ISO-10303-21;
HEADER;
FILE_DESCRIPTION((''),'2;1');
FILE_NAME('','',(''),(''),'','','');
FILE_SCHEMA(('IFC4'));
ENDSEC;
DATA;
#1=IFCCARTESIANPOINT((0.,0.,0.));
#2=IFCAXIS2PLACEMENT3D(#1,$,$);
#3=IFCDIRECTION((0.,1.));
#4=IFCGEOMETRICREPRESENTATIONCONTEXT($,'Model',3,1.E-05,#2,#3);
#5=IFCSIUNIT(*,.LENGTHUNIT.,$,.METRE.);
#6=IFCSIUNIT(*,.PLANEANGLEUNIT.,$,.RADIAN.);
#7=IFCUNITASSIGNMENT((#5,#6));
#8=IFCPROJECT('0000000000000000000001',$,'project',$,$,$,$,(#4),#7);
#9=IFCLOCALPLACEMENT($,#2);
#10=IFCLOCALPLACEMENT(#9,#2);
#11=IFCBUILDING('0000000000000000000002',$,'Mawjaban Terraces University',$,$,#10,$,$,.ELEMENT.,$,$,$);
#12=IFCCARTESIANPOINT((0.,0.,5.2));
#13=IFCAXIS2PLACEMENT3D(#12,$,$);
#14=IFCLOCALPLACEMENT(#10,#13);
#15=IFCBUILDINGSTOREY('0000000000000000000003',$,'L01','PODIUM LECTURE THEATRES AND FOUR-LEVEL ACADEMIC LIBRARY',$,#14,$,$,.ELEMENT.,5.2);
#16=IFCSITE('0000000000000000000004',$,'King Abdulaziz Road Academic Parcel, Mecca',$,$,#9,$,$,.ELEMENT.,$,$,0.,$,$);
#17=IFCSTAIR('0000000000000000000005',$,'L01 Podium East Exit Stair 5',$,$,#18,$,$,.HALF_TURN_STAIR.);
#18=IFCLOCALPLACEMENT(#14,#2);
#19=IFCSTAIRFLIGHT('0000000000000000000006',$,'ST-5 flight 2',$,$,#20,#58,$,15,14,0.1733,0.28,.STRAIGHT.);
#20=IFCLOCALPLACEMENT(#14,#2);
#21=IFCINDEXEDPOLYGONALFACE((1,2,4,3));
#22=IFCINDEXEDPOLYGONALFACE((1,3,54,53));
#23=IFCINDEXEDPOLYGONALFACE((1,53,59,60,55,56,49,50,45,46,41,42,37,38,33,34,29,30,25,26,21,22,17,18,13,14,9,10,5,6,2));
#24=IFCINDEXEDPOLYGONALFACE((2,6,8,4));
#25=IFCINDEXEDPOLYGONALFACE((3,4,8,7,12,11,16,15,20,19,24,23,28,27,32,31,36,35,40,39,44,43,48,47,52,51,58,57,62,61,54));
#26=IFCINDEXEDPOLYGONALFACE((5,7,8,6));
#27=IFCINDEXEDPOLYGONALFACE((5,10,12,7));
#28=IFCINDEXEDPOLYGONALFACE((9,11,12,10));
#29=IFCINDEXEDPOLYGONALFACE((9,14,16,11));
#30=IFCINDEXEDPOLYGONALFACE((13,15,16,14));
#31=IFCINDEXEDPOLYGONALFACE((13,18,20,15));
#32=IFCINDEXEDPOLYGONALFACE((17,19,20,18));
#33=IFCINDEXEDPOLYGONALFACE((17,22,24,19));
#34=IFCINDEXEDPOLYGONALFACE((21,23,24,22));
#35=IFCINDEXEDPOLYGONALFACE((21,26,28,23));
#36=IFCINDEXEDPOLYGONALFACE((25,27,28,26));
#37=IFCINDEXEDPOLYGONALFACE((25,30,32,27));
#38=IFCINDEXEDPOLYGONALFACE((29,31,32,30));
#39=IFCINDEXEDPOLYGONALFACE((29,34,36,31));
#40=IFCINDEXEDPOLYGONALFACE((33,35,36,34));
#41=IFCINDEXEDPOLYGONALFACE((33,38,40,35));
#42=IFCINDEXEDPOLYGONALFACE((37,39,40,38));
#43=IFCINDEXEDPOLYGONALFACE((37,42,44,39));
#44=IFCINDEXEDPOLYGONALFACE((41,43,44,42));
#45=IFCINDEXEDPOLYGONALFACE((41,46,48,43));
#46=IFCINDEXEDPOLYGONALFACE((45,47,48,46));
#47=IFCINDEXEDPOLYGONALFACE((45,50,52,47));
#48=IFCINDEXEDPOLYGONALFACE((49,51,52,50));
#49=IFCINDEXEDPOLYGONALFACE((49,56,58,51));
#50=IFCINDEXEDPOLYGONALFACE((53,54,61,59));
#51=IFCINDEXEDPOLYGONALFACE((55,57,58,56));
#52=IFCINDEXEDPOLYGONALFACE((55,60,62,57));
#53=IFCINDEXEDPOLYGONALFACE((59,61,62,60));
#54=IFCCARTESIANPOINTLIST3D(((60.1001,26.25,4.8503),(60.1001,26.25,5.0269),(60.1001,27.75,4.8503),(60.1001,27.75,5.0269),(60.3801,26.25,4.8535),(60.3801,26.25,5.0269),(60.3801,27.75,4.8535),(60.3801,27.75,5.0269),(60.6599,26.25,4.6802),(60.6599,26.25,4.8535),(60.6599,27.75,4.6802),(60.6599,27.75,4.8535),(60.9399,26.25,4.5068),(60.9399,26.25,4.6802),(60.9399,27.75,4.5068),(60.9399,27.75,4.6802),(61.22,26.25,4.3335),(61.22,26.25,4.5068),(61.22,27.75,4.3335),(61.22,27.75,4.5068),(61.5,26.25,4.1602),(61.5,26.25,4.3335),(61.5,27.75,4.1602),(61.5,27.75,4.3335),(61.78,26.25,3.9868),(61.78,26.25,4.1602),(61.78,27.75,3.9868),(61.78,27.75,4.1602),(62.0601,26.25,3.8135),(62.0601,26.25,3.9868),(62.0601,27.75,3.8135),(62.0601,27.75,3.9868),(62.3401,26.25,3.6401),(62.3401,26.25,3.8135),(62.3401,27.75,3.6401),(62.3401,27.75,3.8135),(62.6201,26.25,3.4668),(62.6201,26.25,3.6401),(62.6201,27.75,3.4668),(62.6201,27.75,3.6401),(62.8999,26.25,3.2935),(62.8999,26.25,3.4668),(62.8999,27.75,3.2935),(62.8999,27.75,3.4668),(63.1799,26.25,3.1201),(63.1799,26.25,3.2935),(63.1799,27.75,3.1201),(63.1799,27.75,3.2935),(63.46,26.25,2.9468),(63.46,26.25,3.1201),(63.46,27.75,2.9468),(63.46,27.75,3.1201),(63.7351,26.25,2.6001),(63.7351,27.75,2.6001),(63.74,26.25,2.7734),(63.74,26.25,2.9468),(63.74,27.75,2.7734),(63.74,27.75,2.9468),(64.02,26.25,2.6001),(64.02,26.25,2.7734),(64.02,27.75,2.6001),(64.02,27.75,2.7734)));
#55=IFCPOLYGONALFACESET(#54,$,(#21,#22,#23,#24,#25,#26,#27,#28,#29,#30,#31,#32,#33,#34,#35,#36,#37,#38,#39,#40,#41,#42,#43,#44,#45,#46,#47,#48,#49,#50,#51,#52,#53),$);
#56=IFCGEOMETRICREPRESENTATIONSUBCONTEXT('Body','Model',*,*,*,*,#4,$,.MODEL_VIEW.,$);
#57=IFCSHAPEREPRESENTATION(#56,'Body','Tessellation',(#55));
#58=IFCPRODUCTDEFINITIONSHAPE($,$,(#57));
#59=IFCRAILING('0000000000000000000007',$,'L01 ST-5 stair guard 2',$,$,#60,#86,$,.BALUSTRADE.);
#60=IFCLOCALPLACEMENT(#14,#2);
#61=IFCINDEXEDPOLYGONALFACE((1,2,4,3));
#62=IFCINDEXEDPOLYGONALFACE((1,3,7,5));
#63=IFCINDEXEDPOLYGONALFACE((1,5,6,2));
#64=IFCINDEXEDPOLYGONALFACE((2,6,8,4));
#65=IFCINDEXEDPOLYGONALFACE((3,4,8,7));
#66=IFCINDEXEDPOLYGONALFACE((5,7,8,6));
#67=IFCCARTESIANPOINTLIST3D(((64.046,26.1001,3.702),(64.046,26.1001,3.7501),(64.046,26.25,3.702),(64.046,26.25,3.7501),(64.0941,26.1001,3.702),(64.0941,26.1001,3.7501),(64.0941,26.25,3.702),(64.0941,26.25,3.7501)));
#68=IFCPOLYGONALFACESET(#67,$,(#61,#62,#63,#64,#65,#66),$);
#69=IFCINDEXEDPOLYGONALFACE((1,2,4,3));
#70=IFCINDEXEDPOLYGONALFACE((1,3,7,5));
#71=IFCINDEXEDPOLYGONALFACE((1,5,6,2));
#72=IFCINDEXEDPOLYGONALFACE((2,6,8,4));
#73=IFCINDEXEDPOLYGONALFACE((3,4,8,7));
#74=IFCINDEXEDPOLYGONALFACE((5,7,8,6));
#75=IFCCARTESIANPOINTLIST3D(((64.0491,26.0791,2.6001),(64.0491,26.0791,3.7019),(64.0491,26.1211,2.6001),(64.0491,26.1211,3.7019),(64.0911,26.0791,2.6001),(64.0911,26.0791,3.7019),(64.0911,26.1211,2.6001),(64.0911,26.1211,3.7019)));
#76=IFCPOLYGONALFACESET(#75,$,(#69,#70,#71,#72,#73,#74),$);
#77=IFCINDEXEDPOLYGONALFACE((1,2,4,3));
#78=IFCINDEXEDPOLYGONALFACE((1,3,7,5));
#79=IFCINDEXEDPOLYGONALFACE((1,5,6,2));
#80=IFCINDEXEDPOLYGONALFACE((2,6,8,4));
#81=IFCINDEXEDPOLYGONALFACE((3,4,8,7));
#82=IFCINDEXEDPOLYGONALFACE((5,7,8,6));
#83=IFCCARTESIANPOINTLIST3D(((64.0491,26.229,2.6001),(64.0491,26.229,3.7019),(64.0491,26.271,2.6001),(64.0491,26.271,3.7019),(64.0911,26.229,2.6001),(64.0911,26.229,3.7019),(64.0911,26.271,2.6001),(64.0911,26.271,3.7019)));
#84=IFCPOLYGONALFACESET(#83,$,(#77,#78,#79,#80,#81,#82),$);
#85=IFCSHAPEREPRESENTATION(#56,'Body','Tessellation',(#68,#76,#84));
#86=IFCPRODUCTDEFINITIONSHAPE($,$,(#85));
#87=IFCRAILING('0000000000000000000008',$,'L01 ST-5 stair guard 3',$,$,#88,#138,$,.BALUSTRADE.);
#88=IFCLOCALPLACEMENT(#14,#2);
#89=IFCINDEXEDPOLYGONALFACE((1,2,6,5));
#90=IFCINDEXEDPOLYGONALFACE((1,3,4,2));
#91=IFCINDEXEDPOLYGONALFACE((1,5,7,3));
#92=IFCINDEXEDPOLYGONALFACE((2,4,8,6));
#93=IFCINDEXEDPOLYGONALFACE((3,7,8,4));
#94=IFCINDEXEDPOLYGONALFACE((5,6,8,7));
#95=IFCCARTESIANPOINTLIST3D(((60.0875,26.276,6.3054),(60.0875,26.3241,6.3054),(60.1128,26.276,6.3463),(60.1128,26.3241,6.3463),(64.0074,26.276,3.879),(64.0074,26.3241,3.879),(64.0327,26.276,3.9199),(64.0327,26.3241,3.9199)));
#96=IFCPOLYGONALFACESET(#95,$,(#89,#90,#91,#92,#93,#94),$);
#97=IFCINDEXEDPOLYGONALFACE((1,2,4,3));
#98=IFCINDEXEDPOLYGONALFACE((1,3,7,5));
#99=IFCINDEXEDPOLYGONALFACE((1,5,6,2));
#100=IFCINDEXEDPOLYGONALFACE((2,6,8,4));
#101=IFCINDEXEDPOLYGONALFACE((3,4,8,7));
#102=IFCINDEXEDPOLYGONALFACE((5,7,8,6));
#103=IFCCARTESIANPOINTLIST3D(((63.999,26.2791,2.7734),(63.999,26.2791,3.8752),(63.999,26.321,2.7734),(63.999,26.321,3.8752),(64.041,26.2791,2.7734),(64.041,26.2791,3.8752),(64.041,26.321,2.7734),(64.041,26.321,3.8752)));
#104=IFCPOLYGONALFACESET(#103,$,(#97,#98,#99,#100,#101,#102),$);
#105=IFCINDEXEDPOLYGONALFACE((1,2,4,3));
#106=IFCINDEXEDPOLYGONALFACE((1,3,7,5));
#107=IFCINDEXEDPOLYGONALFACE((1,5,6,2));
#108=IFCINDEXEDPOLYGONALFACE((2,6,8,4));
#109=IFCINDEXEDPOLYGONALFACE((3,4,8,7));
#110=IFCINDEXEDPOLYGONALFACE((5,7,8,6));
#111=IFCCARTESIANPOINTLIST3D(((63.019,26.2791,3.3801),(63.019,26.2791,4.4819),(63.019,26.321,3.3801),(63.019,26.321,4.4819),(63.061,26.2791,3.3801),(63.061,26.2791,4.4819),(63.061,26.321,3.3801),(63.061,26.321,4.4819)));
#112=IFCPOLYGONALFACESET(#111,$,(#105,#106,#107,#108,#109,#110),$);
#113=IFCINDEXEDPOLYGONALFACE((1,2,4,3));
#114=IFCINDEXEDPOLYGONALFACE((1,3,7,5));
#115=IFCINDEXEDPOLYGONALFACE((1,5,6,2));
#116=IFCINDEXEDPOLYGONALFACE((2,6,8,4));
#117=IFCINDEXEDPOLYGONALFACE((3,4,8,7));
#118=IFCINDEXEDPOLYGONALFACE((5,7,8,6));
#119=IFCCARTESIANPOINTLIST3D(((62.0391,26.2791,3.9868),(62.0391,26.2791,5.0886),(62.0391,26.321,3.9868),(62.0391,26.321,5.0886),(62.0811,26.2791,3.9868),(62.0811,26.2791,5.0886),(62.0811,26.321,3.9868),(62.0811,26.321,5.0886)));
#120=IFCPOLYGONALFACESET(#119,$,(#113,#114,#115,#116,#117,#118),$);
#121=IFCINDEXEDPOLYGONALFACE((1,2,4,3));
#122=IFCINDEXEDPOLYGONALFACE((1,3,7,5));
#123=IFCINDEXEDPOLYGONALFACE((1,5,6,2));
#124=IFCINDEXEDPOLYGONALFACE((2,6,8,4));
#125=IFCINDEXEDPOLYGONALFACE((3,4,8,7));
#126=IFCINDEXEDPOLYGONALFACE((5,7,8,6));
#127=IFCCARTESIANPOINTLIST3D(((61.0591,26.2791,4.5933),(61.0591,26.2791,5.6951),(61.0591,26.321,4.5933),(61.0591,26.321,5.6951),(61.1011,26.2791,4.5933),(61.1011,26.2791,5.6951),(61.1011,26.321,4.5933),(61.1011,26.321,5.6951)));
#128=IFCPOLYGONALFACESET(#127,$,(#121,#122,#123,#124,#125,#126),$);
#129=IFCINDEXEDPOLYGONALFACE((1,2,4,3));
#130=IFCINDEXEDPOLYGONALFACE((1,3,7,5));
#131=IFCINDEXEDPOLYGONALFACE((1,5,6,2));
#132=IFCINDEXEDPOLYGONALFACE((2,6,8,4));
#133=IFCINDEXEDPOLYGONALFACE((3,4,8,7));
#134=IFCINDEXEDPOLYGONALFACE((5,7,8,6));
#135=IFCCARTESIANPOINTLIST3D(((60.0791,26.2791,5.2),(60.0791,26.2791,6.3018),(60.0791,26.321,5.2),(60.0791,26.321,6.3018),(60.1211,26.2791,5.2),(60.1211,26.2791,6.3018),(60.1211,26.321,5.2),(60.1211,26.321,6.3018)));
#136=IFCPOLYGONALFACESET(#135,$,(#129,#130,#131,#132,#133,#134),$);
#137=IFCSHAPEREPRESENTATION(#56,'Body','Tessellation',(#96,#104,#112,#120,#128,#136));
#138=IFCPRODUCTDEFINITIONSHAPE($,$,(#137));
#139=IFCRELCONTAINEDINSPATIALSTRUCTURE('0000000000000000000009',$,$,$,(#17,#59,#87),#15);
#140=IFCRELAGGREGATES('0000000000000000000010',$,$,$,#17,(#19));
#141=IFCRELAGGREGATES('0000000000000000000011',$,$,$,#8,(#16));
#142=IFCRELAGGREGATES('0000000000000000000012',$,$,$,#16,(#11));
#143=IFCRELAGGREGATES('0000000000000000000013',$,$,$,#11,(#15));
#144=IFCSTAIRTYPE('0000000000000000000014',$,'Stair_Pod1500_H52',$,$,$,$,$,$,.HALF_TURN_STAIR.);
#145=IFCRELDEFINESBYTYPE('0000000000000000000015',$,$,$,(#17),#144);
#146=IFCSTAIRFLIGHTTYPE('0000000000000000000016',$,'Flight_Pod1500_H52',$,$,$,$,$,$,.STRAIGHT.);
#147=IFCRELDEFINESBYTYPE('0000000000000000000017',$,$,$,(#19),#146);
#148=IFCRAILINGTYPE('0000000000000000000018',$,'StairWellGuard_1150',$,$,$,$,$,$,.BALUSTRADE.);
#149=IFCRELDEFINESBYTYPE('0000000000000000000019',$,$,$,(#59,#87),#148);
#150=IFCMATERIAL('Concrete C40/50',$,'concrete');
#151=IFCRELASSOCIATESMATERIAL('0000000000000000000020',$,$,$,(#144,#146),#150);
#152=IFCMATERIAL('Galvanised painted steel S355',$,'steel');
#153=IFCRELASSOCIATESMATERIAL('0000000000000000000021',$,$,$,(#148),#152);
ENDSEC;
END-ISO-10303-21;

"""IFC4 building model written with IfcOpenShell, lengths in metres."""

from ifc_helpers import new_model, si_unit, direction, frame, origin, origin_2d, place, context, subcontext, project, spatial, polyline, rectangle, outline, extrude, material, type_object, element, aggregate, save


model = new_model("IFC4")

# Units and contexts
model_context = context("Model", 3, precision=1e-05, world=origin(), true_north=direction((0.0, 1.0)))
body_context = subcontext(model_context, "Body", "Model", "MODEL_VIEW")
ifc_project = project(units=[si_unit("LENGTHUNIT", "METRE"), si_unit("PLANEANGLEUNIT", "RADIAN")], contexts=[model_context])

# Site, building, storey
site_placement = place(None, origin())
site = spatial("IfcSite", under=ifc_project, at=site_placement, Name="King Abdulaziz Road Academic Parcel, Mecca", CompositionType="ELEMENT", RefElevation=0.0)
building_placement = place(site_placement, origin())
building = spatial("IfcBuilding", under=site, at=building_placement, Name="Mawjaban Terraces University", CompositionType="ELEMENT")
storey_placement = place(building_placement, frame((0.0, 0.0, 5.2)))
storey = spatial("IfcBuildingStorey", under=building, at=storey_placement, Name="L01", Description="PODIUM LECTURE THEATRES AND FOUR-LEVEL ACADEMIC LIBRARY", CompositionType="ELEMENT", Elevation=5.2)

# Stair, stair flight
ifc_material_1 = material(Name="Concrete C40/50", Category="concrete")
stair_type = type_object("IfcStairType", Name="Stair_Pod1500_H52", PredefinedType="HALF_TURN_STAIR", material=ifc_material_1)
stair_placement = place(storey_placement, origin())
stair = element("IfcStair", 1, at=stair_placement, inside=storey, type_object=stair_type, Name="L01 Podium East Exit Stair 5", PredefinedType="HALF_TURN_STAIR")
stair_flight_type = type_object("IfcStairFlightType", Name="Flight_Pod1500_H52", PredefinedType="STRAIGHT", material=ifc_material_1)
stair_flight_placement = place(storey_placement, frame((64.02, 27.0, 2.6001), z_axis=(0.0, 0.0, 1.0), x_axis=(-1.0, 0.0, 0.0)))
stair_flight = element("IfcStairFlight", 2, at=stair_flight_placement, type_object=stair_flight_type, Name="ST-5 flight 2", NumberOfRisers=15, NumberOfTreads=14, PredefinedType="STRAIGHT", RiserHeight=0.1733, TreadLength=0.28, context=body_context, shape_type="SweptSolid", body=[
    extrude(outline(polyline([(0.0, 0.0), (0.0, 0.1733), (0.28, 0.1733), (0.28, 0.3467), (0.5601, 0.3467), (0.5601, 0.52), (0.8401, 0.52), (0.8401, 0.6934), (1.1201, 0.6934), (1.1201, 0.8667), (1.3999, 0.8667), (1.3999, 1.04), (1.6799, 1.04), (1.6799, 1.2134), (1.96, 1.2134), (1.96, 1.3867), (2.24, 1.3867), (2.24, 1.5601), (2.52, 1.5601), (2.52, 1.7334), (2.8, 1.7334), (2.8, 1.9067), (3.0801, 1.9067), (3.0801, 2.0801), (3.3601, 2.0801), (3.3601, 2.2534), (3.6399, 2.2534), (3.6399, 2.4268), (3.9199, 2.4268), (3.9199, 2.6001), (3.9199, 2.2502), (0.2849, 0.0), (0.0, 0.0)])), frame((0.0, 0.75, 0.0), z_axis=(0.0, -1.0, 0.0), x_axis=(1.0, 0.0, 0.0)), (0.0, 0.0, 1.0), 1.5),
])
aggregate(stair, [stair_flight])

# Railings
ifc_material_2 = material(Name="Galvanised painted steel S355", Category="steel")
railing_type = type_object("IfcRailingType", Name="StairWellGuard_1150", PredefinedType="BALUSTRADE", material=ifc_material_2)
railing_1_placement = place(storey_placement, frame((64.0701, 26.1001, 2.6001)))
element("IfcRailing", 3, at=railing_1_placement, inside=storey, type_object=railing_type, Name="L01 ST-5 stair guard 2", PredefinedType="BALUSTRADE", context=body_context, shape_type="SweptSolid", body=[
    extrude(rectangle(XDim=0.0481, YDim=0.0481, at=origin_2d()), frame((0.0, 0.0, 1.126), z_axis=(0.0, 1.0, 0.0), x_axis=(-1.0, 0.0, 0.0)), (0.0, 0.0, 1.0), 0.1499),
    extrude(rectangle(XDim=0.042, YDim=0.042, at=origin_2d()), origin(), (0.0, 0.0, 1.0), 1.1018),
    extrude(rectangle(XDim=0.042, YDim=0.042, at=origin_2d()), frame((0.0, 0.1499, 0.0)), (0.0, 0.0, 1.0), 1.1018),
])
railing_2_placement = place(storey_placement, frame((64.02, 26.3, 2.7734)))
element("IfcRailing", 4, at=railing_2_placement, inside=storey, type_object=railing_type, Name="L01 ST-5 stair guard 3", PredefinedType="BALUSTRADE", context=body_context, shape_type="SweptSolid", body=[
    extrude(rectangle(XDim=0.0481, YDim=0.0481, at=origin_2d()), frame((0.0, 0.0, 1.126), z_axis=(-0.850275, 0.0, 0.526338), x_axis=(0.0, -1.0, 0.0)), (0.0, 0.0, 1.0), 4.6101),
    extrude(rectangle(XDim=0.042, YDim=0.042, at=origin_2d()), origin(), (0.0, 0.0, 1.0), 1.1018),
    extrude(rectangle(XDim=0.042, YDim=0.042, at=origin_2d()), frame((-0.98, 0.0, 0.6067)), (0.0, 0.0, 1.0), 1.1018),
    extrude(rectangle(XDim=0.042, YDim=0.042, at=origin_2d()), frame((-1.96, 0.0, 1.2134)), (0.0, 0.0, 1.0), 1.1018),
    extrude(rectangle(XDim=0.042, YDim=0.042, at=origin_2d()), frame((-2.9399, 0.0, 1.8198)), (0.0, 0.0, 1.0), 1.1018),
    extrude(rectangle(XDim=0.042, YDim=0.042, at=origin_2d()), frame((-3.9199, 0.0, 2.4265)), (0.0, 0.0, 1.0), 1.1018),
])

save(model, "model.ifc")
